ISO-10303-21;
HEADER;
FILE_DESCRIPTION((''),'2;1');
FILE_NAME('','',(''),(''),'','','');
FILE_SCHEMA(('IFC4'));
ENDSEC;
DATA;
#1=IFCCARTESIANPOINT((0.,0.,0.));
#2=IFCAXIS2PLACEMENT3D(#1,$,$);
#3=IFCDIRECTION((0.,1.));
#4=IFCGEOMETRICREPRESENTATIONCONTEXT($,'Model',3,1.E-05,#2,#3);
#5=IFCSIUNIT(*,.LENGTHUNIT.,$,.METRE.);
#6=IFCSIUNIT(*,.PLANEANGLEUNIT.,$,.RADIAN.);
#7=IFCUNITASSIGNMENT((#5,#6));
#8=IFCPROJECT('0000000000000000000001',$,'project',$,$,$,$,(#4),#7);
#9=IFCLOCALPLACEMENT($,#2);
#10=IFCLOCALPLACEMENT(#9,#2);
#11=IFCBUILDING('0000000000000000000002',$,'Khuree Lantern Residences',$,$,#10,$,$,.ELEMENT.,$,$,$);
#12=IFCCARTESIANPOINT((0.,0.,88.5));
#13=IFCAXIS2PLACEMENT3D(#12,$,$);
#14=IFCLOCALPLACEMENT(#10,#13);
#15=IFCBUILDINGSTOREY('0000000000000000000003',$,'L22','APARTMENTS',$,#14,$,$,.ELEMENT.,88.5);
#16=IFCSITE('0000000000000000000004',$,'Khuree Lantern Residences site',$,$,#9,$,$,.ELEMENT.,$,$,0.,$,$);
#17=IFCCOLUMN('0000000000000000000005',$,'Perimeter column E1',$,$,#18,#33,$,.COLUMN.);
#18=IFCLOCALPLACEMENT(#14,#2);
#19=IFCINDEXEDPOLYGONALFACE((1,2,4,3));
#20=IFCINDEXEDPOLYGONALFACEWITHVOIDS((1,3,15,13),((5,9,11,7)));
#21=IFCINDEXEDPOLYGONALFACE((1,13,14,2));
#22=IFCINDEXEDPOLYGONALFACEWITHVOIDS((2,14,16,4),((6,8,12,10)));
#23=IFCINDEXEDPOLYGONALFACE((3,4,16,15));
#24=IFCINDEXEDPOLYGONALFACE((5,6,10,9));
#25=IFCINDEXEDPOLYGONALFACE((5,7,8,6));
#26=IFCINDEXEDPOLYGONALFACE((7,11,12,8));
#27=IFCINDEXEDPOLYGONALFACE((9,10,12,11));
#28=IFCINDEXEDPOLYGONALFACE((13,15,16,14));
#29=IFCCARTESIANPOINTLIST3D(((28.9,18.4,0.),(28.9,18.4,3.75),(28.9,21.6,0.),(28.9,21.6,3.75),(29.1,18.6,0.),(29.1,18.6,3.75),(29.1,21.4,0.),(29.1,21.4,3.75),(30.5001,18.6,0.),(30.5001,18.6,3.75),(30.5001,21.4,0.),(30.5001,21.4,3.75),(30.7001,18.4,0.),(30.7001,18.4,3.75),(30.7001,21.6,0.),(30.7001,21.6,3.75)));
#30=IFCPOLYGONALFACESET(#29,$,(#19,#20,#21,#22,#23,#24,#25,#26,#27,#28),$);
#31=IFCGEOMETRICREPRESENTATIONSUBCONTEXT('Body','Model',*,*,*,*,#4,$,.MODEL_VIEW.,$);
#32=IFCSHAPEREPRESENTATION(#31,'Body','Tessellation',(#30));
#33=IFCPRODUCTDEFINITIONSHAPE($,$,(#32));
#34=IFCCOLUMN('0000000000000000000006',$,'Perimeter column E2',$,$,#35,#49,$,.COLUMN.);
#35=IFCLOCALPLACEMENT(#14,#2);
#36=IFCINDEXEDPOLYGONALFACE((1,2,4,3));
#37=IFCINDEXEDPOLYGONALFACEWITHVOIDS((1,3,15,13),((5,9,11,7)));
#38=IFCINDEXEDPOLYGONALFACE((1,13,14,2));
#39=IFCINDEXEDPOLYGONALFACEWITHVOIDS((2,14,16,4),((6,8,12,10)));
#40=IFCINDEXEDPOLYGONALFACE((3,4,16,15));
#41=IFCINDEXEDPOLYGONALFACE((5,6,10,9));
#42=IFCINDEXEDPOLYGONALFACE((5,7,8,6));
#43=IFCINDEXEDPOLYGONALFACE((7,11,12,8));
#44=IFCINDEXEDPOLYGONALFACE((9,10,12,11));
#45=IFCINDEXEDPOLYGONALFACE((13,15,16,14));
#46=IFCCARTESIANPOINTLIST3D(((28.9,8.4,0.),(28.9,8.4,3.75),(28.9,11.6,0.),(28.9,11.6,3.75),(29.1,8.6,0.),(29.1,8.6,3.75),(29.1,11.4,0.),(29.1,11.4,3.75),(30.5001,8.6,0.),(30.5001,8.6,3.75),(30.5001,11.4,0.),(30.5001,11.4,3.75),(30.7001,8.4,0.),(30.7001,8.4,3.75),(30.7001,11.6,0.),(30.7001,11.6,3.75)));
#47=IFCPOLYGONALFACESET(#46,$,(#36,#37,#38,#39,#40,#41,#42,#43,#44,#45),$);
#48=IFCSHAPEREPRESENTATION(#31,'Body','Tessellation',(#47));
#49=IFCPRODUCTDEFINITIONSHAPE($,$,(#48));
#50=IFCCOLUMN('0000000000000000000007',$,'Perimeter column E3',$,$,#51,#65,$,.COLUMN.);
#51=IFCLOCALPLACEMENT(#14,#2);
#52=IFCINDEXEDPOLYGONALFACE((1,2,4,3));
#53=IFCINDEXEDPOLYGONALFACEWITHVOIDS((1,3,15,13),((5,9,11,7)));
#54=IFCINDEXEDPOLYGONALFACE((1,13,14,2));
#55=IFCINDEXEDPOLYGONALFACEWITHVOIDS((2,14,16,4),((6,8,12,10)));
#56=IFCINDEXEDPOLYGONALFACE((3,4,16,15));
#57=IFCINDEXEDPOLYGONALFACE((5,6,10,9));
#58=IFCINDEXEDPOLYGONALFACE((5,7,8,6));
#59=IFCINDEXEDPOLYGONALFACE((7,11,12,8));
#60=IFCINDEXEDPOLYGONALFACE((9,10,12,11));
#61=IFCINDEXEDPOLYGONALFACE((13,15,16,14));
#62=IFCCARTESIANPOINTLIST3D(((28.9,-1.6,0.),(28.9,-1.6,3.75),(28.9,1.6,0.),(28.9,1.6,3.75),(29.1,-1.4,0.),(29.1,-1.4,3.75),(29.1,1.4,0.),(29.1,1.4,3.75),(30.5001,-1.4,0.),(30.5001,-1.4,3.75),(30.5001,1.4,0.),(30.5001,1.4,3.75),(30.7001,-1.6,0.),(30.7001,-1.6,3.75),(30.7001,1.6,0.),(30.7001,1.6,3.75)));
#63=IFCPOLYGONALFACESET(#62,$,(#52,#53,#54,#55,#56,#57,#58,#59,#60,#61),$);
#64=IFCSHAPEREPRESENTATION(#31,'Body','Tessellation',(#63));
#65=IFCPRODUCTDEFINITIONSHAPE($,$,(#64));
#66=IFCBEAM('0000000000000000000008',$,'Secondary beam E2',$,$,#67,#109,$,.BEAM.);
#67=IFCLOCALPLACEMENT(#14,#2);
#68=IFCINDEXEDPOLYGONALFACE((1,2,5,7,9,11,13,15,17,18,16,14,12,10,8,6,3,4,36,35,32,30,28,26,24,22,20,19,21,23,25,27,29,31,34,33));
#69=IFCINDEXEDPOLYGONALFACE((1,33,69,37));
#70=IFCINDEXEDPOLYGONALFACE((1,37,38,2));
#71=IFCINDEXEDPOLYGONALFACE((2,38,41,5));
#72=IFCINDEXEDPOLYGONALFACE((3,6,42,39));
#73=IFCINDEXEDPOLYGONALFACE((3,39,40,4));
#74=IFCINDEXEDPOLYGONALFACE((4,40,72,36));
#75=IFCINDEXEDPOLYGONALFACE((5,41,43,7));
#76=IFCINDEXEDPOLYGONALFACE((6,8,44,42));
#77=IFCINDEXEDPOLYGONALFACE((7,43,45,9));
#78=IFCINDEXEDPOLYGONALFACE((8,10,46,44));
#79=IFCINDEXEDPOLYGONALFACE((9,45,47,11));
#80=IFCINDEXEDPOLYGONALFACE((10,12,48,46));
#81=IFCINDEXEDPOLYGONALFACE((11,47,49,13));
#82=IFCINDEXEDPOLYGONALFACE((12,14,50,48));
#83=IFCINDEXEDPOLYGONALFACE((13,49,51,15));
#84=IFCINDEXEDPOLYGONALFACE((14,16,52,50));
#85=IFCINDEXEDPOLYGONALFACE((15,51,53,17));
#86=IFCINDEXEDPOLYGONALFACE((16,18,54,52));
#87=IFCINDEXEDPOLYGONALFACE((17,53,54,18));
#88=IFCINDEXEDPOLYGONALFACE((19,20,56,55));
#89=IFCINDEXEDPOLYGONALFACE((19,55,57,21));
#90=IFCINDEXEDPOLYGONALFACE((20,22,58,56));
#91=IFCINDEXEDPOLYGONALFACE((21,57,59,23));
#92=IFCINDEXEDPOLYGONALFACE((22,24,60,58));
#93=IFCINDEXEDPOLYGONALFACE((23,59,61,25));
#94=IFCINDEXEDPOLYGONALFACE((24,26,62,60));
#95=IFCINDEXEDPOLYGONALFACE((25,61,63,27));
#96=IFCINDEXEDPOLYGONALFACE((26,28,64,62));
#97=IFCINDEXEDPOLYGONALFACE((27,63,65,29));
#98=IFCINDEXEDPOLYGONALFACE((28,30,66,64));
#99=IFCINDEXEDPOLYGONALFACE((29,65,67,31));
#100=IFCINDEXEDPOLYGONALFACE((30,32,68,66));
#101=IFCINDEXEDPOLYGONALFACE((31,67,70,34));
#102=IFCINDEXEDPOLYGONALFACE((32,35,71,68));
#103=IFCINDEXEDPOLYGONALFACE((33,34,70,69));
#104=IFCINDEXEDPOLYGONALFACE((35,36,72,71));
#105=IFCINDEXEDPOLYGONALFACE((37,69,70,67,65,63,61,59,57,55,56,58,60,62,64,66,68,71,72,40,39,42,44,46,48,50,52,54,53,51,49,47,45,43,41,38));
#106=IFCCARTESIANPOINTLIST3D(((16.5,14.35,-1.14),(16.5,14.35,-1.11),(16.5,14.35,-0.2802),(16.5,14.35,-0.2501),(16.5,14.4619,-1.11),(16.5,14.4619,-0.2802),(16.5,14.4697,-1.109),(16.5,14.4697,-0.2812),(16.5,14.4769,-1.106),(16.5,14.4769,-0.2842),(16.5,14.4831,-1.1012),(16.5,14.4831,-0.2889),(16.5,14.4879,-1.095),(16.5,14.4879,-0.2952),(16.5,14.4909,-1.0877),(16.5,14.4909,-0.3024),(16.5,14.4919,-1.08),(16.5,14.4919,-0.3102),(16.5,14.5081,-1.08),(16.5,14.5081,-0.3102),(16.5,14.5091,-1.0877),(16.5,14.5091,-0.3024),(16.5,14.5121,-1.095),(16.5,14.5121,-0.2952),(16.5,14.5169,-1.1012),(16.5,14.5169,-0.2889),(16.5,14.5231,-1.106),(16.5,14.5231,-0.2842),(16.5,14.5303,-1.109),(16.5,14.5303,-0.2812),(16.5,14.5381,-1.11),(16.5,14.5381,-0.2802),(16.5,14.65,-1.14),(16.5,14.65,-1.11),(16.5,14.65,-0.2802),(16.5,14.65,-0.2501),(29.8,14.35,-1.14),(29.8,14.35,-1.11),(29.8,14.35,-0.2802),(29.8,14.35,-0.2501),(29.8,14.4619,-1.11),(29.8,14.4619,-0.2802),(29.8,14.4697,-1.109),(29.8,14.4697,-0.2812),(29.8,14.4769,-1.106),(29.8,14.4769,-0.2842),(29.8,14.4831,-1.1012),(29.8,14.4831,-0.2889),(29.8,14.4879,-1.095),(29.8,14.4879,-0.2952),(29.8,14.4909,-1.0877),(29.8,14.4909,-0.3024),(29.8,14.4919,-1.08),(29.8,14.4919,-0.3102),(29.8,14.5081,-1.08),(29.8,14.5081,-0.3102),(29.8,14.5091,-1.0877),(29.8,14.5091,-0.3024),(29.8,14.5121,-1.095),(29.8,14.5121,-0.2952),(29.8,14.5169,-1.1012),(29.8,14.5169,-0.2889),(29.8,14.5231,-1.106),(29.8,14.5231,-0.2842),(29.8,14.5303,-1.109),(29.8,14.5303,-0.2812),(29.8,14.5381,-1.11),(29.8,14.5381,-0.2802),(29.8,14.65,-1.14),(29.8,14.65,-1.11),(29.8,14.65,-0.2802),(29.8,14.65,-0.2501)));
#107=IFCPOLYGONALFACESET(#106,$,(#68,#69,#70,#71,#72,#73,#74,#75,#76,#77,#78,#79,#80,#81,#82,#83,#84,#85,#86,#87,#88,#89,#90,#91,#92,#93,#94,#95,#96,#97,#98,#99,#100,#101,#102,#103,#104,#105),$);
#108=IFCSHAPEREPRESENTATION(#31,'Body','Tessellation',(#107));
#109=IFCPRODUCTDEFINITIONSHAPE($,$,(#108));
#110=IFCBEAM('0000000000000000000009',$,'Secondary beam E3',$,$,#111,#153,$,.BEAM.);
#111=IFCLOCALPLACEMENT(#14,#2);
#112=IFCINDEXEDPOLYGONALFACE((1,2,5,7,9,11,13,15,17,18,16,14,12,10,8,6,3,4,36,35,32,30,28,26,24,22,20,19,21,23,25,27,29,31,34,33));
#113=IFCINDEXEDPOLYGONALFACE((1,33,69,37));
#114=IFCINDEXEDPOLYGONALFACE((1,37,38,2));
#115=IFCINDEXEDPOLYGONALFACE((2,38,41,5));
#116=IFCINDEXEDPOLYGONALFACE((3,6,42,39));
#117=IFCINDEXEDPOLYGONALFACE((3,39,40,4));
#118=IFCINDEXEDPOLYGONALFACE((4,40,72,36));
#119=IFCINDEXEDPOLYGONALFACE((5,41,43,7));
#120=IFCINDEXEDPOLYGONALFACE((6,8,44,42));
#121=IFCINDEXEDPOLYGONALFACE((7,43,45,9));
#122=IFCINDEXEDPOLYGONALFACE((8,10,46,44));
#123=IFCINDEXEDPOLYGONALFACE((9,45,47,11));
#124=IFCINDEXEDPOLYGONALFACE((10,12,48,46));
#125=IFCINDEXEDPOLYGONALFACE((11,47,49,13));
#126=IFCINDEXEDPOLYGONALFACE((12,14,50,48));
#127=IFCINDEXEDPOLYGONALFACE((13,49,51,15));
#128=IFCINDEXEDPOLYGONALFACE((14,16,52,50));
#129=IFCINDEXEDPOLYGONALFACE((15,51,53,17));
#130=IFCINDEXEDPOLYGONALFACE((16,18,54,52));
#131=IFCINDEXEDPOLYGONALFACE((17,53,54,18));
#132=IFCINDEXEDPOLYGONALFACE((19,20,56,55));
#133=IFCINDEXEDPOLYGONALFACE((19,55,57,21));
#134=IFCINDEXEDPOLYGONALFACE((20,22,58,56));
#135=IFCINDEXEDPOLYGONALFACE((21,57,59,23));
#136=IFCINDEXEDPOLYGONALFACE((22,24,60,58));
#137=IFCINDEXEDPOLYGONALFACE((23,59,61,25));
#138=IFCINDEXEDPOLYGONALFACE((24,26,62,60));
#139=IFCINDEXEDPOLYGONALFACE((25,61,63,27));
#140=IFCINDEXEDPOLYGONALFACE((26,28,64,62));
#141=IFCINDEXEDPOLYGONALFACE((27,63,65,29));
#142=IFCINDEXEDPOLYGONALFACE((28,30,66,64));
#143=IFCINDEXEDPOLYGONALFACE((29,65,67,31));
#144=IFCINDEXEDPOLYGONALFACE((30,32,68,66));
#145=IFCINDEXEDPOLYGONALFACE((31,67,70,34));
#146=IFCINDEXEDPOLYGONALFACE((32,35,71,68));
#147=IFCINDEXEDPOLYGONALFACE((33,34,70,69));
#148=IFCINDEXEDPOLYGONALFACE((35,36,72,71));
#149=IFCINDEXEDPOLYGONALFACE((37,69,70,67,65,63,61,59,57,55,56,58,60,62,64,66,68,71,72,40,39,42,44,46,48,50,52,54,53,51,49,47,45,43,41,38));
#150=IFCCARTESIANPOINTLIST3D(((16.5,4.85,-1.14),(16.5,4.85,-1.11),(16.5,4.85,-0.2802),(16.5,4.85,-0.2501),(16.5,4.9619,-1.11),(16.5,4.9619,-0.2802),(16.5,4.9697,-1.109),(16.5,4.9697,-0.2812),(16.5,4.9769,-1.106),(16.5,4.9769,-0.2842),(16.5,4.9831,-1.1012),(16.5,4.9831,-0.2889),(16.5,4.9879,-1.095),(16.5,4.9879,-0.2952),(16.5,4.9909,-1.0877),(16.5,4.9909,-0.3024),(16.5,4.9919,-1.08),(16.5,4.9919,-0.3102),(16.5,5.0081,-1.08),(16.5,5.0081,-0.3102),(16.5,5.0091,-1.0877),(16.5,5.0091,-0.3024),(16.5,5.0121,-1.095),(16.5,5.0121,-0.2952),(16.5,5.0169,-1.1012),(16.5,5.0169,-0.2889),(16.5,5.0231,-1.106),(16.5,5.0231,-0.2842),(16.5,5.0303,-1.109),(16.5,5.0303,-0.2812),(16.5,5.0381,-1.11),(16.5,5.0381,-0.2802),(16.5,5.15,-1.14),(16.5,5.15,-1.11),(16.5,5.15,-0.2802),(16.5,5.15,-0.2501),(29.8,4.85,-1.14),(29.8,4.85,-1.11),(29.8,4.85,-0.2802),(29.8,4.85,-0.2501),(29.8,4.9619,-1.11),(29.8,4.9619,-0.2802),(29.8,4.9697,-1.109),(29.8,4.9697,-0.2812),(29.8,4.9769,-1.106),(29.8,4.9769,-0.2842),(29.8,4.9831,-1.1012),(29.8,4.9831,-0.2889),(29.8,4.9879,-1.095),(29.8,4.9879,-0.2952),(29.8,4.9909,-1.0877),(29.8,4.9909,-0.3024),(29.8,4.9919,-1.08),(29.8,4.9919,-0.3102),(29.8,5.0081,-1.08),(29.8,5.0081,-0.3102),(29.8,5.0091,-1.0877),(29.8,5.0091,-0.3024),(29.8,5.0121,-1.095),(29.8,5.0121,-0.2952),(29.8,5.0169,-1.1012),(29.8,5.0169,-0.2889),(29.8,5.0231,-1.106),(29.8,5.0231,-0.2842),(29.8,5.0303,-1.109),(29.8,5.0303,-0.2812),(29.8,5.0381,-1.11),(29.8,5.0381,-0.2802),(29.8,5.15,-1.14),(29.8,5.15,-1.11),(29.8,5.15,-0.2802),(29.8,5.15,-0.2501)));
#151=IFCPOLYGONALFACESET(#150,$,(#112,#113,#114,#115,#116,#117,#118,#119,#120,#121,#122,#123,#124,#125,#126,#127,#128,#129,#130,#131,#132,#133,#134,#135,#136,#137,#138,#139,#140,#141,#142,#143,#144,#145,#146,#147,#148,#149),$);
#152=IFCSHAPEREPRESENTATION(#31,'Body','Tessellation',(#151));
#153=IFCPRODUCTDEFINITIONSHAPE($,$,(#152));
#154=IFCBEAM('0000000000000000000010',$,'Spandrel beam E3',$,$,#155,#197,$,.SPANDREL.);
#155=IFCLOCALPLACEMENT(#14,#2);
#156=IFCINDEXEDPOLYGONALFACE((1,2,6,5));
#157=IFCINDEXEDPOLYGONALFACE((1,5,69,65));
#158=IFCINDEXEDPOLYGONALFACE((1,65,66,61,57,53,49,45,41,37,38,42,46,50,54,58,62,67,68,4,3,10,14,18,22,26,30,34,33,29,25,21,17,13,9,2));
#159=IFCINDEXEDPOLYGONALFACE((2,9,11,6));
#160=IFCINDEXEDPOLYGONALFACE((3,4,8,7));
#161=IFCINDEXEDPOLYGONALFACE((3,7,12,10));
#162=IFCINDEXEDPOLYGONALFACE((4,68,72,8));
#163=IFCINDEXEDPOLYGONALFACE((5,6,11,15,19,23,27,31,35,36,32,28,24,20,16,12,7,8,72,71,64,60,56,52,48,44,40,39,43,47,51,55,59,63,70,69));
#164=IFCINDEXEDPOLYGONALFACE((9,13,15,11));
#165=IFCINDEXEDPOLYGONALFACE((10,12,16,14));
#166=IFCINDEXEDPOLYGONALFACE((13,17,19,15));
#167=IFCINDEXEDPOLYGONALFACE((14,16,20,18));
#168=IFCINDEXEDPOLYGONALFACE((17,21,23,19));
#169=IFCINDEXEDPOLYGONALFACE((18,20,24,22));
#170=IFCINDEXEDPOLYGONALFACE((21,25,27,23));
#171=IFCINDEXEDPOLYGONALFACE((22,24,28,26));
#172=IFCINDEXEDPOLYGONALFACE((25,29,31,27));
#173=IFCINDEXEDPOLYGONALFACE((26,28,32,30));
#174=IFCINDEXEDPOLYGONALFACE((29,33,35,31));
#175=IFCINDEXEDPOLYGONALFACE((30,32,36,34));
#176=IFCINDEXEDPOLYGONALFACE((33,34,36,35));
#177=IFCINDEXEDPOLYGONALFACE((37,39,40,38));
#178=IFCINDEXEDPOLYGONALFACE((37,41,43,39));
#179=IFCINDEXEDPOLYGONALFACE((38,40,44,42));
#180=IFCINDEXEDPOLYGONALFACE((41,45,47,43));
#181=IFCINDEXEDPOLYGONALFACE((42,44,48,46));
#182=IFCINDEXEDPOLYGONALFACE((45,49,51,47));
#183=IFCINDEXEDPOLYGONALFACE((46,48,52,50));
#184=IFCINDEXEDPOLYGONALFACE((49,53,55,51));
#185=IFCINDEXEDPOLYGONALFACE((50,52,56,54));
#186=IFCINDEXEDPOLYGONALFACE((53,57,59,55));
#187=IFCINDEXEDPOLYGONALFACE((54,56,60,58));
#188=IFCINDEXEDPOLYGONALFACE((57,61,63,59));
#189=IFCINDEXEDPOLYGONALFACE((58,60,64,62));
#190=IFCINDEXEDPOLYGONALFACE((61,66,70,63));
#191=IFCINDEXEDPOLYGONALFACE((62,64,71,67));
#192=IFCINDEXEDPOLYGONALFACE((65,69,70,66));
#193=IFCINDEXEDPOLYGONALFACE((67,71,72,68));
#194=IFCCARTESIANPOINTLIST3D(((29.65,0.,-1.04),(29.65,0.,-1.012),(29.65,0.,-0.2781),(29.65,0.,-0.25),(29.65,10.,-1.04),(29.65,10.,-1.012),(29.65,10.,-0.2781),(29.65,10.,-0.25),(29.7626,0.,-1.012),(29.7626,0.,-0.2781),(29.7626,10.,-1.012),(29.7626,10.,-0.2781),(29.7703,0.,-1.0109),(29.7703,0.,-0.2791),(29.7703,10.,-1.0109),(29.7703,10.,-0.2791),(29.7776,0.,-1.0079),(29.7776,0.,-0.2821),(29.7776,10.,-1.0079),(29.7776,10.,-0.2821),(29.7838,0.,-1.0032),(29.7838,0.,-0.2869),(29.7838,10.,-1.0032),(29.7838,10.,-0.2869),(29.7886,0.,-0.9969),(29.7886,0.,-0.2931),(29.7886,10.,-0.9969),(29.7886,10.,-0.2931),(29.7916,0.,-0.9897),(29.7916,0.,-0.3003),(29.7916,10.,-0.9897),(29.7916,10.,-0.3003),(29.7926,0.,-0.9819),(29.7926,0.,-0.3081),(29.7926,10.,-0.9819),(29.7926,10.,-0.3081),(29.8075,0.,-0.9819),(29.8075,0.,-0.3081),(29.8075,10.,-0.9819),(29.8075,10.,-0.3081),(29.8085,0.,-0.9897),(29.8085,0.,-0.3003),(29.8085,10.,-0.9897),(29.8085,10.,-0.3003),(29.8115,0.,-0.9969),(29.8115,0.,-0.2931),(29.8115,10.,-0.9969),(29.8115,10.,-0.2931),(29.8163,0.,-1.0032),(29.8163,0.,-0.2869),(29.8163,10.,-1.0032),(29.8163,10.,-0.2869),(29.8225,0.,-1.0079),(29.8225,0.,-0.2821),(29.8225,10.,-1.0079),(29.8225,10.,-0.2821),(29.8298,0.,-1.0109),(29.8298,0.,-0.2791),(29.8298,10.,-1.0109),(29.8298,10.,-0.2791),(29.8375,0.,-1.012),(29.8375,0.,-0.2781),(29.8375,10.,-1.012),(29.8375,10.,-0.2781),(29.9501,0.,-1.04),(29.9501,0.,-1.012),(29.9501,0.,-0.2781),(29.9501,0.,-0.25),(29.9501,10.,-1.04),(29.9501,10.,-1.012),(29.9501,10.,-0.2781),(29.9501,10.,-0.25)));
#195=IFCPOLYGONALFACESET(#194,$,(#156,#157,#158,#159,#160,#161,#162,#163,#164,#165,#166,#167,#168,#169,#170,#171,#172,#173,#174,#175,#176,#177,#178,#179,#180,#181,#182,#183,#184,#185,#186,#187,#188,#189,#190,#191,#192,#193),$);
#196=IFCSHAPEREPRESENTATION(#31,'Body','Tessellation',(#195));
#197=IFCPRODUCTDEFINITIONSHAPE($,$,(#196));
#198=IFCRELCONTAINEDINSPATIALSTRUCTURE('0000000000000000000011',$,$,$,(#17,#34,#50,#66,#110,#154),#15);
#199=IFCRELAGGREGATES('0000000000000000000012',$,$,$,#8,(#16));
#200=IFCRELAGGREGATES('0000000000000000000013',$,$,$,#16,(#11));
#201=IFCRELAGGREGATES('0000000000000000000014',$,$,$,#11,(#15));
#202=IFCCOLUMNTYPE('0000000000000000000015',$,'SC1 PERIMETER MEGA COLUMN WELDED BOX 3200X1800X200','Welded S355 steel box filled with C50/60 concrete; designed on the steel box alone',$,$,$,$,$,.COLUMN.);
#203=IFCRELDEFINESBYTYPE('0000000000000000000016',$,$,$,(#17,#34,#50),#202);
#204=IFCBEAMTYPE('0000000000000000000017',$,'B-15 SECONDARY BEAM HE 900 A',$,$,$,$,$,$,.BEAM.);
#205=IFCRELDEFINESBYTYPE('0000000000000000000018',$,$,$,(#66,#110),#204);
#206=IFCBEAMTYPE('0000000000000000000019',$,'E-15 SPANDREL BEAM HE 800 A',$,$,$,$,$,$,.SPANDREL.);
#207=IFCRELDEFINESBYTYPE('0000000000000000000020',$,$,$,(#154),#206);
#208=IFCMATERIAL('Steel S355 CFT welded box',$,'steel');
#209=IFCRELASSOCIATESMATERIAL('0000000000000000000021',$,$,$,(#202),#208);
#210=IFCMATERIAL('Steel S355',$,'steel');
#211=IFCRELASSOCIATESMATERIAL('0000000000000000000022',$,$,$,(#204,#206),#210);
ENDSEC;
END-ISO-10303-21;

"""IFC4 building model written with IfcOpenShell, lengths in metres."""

from ifc_helpers import new_model, si_unit, direction, frame, origin, origin_2d, place, context, subcontext, project, spatial, hollow_rectangle, i_section, extrude, material, material_profile, profile_set, type_object, element, save


model = new_model("IFC4")

# Units and contexts
model_context = context("Model", 3, precision=1e-05, world=origin(), true_north=direction((0.0, 1.0)))
body_context = subcontext(model_context, "Body", "Model", "MODEL_VIEW")
ifc_project = project(units=[si_unit("LENGTHUNIT", "METRE"), si_unit("PLANEANGLEUNIT", "RADIAN")], contexts=[model_context])

# Site, building, storey
site_placement = place(None, origin())
site = spatial("IfcSite", under=ifc_project, at=site_placement, Name="Khuree Lantern Residences site", CompositionType="ELEMENT", RefElevation=0.0)
building_placement = place(site_placement, origin())
building = spatial("IfcBuilding", under=site, at=building_placement, Name="Khuree Lantern Residences", CompositionType="ELEMENT")
storey_placement = place(building_placement, frame((0.0, 0.0, 88.5)))
storey = spatial("IfcBuildingStorey", under=building, at=storey_placement, Name="L22", Description="APARTMENTS", CompositionType="ELEMENT", Elevation=88.5)

# Columns
ifc_material_1 = material(Name="Steel S355 CFT welded box", Category="steel")
ifc_material_profile_1 = material_profile(ifc_material_1, hollow_rectangle(XDim=3.2, YDim=1.8, WallThickness=0.2, at=origin_2d()), Name="WELDED BOX 3200X1800X200")
ifc_profile_set_1 = profile_set([ifc_material_profile_1], Name="Steel S355 CFT welded box")
column_type = type_object("IfcColumnType", Name="SC1 PERIMETER MEGA COLUMN WELDED BOX 3200X1800X200", Description="Welded S355 steel box filled with C50/60 concrete; designed on the steel box alone", PredefinedType="COLUMN", material=ifc_profile_set_1)
for number, where, z_axis, x_axis, name in (
    (1, (29.8, 20.0, 0.0), (0.0, 0.0, 1.0), (0.0, 1.0, 0.0), "Perimeter column E1"),
    (2, (29.8, 10.0, 0.0), (0.0, 0.0, 1.0), (0.0, 1.0, 0.0), "Perimeter column E2"),
    (3, (29.8, 0.0, 0.0), (0.0, 0.0, 1.0), (0.0, 1.0, 0.0), "Perimeter column E3"),
):
    element("IfcColumn", number, at=place(storey_placement, frame(where, z_axis=z_axis, x_axis=x_axis)), inside=storey, type_object=column_type, Name=name, PredefinedType="COLUMN", context=body_context, shape_type="SweptSolid", body=[
        extrude(hollow_rectangle(XDim=3.2, YDim=1.8, WallThickness=0.2, at=origin_2d()), origin(), (0.0, 0.0, 1.0), 3.75),
    ])

# Beams
ifc_material_2 = material(Name="Steel S355", Category="steel")
ifc_material_profile_2 = material_profile(ifc_material_2, i_section(OverallWidth=0.3, OverallDepth=0.8899, WebThickness=0.0161, FlangeThickness=0.03, FilletRadius=0.03, at=origin_2d()), Name="HE 900 A")
ifc_profile_set_2 = profile_set([ifc_material_profile_2], Name="Steel S355")
beam_type_1 = type_object("IfcBeamType", Name="B-15 SECONDARY BEAM HE 900 A", PredefinedType="BEAM", material=ifc_profile_set_2)
for number, where, z_axis, x_axis, name in (
    (4, (29.8, 14.5, -0.6951), (-1.0, 0.0, 0.0), (0.0, -1.0, 0.0), "Secondary beam E2"),
    (5, (29.8, 5.0, -0.6951), (-1.0, 0.0, 0.0), (0.0, -1.0, 0.0), "Secondary beam E3"),
):
    element("IfcBeam", number, at=place(storey_placement, frame(where, z_axis=z_axis, x_axis=x_axis)), inside=storey, type_object=beam_type_1, Name=name, PredefinedType="BEAM", context=body_context, shape_type="SweptSolid", body=[
        extrude(i_section(OverallWidth=0.3, OverallDepth=0.8899, WebThickness=0.0161, FlangeThickness=0.03, FilletRadius=0.03, at=origin_2d()), origin(), (0.0, 0.0, 1.0), 13.3),
    ])
ifc_material_profile_3 = material_profile(ifc_material_2, i_section(OverallWidth=0.3, OverallDepth=0.79, WebThickness=0.0149, FlangeThickness=0.0281, FilletRadius=0.03, at=origin_2d()), Name="HE 800 A")
ifc_profile_set_3 = profile_set([ifc_material_profile_3], Name="Steel S355")
beam_type_2 = type_object("IfcBeamType", Name="E-15 SPANDREL BEAM HE 800 A", PredefinedType="SPANDREL", material=ifc_profile_set_3)
for number, where, z_axis, x_axis, name in (
    (6, (29.8, 10.0, -0.645), (0.0, -1.0, 0.0), (1.0, 0.0, 0.0), "Spandrel beam E3"),
):
    element("IfcBeam", number, at=place(storey_placement, frame(where, z_axis=z_axis, x_axis=x_axis)), inside=storey, type_object=beam_type_2, Name=name, PredefinedType="SPANDREL", context=body_context, shape_type="SweptSolid", body=[
        extrude(i_section(OverallWidth=0.3, OverallDepth=0.79, WebThickness=0.0149, FlangeThickness=0.0281, FilletRadius=0.03, at=origin_2d()), origin(), (0.0, 0.0, 1.0), 10.0),
    ])

save(model, "model.ifc")
